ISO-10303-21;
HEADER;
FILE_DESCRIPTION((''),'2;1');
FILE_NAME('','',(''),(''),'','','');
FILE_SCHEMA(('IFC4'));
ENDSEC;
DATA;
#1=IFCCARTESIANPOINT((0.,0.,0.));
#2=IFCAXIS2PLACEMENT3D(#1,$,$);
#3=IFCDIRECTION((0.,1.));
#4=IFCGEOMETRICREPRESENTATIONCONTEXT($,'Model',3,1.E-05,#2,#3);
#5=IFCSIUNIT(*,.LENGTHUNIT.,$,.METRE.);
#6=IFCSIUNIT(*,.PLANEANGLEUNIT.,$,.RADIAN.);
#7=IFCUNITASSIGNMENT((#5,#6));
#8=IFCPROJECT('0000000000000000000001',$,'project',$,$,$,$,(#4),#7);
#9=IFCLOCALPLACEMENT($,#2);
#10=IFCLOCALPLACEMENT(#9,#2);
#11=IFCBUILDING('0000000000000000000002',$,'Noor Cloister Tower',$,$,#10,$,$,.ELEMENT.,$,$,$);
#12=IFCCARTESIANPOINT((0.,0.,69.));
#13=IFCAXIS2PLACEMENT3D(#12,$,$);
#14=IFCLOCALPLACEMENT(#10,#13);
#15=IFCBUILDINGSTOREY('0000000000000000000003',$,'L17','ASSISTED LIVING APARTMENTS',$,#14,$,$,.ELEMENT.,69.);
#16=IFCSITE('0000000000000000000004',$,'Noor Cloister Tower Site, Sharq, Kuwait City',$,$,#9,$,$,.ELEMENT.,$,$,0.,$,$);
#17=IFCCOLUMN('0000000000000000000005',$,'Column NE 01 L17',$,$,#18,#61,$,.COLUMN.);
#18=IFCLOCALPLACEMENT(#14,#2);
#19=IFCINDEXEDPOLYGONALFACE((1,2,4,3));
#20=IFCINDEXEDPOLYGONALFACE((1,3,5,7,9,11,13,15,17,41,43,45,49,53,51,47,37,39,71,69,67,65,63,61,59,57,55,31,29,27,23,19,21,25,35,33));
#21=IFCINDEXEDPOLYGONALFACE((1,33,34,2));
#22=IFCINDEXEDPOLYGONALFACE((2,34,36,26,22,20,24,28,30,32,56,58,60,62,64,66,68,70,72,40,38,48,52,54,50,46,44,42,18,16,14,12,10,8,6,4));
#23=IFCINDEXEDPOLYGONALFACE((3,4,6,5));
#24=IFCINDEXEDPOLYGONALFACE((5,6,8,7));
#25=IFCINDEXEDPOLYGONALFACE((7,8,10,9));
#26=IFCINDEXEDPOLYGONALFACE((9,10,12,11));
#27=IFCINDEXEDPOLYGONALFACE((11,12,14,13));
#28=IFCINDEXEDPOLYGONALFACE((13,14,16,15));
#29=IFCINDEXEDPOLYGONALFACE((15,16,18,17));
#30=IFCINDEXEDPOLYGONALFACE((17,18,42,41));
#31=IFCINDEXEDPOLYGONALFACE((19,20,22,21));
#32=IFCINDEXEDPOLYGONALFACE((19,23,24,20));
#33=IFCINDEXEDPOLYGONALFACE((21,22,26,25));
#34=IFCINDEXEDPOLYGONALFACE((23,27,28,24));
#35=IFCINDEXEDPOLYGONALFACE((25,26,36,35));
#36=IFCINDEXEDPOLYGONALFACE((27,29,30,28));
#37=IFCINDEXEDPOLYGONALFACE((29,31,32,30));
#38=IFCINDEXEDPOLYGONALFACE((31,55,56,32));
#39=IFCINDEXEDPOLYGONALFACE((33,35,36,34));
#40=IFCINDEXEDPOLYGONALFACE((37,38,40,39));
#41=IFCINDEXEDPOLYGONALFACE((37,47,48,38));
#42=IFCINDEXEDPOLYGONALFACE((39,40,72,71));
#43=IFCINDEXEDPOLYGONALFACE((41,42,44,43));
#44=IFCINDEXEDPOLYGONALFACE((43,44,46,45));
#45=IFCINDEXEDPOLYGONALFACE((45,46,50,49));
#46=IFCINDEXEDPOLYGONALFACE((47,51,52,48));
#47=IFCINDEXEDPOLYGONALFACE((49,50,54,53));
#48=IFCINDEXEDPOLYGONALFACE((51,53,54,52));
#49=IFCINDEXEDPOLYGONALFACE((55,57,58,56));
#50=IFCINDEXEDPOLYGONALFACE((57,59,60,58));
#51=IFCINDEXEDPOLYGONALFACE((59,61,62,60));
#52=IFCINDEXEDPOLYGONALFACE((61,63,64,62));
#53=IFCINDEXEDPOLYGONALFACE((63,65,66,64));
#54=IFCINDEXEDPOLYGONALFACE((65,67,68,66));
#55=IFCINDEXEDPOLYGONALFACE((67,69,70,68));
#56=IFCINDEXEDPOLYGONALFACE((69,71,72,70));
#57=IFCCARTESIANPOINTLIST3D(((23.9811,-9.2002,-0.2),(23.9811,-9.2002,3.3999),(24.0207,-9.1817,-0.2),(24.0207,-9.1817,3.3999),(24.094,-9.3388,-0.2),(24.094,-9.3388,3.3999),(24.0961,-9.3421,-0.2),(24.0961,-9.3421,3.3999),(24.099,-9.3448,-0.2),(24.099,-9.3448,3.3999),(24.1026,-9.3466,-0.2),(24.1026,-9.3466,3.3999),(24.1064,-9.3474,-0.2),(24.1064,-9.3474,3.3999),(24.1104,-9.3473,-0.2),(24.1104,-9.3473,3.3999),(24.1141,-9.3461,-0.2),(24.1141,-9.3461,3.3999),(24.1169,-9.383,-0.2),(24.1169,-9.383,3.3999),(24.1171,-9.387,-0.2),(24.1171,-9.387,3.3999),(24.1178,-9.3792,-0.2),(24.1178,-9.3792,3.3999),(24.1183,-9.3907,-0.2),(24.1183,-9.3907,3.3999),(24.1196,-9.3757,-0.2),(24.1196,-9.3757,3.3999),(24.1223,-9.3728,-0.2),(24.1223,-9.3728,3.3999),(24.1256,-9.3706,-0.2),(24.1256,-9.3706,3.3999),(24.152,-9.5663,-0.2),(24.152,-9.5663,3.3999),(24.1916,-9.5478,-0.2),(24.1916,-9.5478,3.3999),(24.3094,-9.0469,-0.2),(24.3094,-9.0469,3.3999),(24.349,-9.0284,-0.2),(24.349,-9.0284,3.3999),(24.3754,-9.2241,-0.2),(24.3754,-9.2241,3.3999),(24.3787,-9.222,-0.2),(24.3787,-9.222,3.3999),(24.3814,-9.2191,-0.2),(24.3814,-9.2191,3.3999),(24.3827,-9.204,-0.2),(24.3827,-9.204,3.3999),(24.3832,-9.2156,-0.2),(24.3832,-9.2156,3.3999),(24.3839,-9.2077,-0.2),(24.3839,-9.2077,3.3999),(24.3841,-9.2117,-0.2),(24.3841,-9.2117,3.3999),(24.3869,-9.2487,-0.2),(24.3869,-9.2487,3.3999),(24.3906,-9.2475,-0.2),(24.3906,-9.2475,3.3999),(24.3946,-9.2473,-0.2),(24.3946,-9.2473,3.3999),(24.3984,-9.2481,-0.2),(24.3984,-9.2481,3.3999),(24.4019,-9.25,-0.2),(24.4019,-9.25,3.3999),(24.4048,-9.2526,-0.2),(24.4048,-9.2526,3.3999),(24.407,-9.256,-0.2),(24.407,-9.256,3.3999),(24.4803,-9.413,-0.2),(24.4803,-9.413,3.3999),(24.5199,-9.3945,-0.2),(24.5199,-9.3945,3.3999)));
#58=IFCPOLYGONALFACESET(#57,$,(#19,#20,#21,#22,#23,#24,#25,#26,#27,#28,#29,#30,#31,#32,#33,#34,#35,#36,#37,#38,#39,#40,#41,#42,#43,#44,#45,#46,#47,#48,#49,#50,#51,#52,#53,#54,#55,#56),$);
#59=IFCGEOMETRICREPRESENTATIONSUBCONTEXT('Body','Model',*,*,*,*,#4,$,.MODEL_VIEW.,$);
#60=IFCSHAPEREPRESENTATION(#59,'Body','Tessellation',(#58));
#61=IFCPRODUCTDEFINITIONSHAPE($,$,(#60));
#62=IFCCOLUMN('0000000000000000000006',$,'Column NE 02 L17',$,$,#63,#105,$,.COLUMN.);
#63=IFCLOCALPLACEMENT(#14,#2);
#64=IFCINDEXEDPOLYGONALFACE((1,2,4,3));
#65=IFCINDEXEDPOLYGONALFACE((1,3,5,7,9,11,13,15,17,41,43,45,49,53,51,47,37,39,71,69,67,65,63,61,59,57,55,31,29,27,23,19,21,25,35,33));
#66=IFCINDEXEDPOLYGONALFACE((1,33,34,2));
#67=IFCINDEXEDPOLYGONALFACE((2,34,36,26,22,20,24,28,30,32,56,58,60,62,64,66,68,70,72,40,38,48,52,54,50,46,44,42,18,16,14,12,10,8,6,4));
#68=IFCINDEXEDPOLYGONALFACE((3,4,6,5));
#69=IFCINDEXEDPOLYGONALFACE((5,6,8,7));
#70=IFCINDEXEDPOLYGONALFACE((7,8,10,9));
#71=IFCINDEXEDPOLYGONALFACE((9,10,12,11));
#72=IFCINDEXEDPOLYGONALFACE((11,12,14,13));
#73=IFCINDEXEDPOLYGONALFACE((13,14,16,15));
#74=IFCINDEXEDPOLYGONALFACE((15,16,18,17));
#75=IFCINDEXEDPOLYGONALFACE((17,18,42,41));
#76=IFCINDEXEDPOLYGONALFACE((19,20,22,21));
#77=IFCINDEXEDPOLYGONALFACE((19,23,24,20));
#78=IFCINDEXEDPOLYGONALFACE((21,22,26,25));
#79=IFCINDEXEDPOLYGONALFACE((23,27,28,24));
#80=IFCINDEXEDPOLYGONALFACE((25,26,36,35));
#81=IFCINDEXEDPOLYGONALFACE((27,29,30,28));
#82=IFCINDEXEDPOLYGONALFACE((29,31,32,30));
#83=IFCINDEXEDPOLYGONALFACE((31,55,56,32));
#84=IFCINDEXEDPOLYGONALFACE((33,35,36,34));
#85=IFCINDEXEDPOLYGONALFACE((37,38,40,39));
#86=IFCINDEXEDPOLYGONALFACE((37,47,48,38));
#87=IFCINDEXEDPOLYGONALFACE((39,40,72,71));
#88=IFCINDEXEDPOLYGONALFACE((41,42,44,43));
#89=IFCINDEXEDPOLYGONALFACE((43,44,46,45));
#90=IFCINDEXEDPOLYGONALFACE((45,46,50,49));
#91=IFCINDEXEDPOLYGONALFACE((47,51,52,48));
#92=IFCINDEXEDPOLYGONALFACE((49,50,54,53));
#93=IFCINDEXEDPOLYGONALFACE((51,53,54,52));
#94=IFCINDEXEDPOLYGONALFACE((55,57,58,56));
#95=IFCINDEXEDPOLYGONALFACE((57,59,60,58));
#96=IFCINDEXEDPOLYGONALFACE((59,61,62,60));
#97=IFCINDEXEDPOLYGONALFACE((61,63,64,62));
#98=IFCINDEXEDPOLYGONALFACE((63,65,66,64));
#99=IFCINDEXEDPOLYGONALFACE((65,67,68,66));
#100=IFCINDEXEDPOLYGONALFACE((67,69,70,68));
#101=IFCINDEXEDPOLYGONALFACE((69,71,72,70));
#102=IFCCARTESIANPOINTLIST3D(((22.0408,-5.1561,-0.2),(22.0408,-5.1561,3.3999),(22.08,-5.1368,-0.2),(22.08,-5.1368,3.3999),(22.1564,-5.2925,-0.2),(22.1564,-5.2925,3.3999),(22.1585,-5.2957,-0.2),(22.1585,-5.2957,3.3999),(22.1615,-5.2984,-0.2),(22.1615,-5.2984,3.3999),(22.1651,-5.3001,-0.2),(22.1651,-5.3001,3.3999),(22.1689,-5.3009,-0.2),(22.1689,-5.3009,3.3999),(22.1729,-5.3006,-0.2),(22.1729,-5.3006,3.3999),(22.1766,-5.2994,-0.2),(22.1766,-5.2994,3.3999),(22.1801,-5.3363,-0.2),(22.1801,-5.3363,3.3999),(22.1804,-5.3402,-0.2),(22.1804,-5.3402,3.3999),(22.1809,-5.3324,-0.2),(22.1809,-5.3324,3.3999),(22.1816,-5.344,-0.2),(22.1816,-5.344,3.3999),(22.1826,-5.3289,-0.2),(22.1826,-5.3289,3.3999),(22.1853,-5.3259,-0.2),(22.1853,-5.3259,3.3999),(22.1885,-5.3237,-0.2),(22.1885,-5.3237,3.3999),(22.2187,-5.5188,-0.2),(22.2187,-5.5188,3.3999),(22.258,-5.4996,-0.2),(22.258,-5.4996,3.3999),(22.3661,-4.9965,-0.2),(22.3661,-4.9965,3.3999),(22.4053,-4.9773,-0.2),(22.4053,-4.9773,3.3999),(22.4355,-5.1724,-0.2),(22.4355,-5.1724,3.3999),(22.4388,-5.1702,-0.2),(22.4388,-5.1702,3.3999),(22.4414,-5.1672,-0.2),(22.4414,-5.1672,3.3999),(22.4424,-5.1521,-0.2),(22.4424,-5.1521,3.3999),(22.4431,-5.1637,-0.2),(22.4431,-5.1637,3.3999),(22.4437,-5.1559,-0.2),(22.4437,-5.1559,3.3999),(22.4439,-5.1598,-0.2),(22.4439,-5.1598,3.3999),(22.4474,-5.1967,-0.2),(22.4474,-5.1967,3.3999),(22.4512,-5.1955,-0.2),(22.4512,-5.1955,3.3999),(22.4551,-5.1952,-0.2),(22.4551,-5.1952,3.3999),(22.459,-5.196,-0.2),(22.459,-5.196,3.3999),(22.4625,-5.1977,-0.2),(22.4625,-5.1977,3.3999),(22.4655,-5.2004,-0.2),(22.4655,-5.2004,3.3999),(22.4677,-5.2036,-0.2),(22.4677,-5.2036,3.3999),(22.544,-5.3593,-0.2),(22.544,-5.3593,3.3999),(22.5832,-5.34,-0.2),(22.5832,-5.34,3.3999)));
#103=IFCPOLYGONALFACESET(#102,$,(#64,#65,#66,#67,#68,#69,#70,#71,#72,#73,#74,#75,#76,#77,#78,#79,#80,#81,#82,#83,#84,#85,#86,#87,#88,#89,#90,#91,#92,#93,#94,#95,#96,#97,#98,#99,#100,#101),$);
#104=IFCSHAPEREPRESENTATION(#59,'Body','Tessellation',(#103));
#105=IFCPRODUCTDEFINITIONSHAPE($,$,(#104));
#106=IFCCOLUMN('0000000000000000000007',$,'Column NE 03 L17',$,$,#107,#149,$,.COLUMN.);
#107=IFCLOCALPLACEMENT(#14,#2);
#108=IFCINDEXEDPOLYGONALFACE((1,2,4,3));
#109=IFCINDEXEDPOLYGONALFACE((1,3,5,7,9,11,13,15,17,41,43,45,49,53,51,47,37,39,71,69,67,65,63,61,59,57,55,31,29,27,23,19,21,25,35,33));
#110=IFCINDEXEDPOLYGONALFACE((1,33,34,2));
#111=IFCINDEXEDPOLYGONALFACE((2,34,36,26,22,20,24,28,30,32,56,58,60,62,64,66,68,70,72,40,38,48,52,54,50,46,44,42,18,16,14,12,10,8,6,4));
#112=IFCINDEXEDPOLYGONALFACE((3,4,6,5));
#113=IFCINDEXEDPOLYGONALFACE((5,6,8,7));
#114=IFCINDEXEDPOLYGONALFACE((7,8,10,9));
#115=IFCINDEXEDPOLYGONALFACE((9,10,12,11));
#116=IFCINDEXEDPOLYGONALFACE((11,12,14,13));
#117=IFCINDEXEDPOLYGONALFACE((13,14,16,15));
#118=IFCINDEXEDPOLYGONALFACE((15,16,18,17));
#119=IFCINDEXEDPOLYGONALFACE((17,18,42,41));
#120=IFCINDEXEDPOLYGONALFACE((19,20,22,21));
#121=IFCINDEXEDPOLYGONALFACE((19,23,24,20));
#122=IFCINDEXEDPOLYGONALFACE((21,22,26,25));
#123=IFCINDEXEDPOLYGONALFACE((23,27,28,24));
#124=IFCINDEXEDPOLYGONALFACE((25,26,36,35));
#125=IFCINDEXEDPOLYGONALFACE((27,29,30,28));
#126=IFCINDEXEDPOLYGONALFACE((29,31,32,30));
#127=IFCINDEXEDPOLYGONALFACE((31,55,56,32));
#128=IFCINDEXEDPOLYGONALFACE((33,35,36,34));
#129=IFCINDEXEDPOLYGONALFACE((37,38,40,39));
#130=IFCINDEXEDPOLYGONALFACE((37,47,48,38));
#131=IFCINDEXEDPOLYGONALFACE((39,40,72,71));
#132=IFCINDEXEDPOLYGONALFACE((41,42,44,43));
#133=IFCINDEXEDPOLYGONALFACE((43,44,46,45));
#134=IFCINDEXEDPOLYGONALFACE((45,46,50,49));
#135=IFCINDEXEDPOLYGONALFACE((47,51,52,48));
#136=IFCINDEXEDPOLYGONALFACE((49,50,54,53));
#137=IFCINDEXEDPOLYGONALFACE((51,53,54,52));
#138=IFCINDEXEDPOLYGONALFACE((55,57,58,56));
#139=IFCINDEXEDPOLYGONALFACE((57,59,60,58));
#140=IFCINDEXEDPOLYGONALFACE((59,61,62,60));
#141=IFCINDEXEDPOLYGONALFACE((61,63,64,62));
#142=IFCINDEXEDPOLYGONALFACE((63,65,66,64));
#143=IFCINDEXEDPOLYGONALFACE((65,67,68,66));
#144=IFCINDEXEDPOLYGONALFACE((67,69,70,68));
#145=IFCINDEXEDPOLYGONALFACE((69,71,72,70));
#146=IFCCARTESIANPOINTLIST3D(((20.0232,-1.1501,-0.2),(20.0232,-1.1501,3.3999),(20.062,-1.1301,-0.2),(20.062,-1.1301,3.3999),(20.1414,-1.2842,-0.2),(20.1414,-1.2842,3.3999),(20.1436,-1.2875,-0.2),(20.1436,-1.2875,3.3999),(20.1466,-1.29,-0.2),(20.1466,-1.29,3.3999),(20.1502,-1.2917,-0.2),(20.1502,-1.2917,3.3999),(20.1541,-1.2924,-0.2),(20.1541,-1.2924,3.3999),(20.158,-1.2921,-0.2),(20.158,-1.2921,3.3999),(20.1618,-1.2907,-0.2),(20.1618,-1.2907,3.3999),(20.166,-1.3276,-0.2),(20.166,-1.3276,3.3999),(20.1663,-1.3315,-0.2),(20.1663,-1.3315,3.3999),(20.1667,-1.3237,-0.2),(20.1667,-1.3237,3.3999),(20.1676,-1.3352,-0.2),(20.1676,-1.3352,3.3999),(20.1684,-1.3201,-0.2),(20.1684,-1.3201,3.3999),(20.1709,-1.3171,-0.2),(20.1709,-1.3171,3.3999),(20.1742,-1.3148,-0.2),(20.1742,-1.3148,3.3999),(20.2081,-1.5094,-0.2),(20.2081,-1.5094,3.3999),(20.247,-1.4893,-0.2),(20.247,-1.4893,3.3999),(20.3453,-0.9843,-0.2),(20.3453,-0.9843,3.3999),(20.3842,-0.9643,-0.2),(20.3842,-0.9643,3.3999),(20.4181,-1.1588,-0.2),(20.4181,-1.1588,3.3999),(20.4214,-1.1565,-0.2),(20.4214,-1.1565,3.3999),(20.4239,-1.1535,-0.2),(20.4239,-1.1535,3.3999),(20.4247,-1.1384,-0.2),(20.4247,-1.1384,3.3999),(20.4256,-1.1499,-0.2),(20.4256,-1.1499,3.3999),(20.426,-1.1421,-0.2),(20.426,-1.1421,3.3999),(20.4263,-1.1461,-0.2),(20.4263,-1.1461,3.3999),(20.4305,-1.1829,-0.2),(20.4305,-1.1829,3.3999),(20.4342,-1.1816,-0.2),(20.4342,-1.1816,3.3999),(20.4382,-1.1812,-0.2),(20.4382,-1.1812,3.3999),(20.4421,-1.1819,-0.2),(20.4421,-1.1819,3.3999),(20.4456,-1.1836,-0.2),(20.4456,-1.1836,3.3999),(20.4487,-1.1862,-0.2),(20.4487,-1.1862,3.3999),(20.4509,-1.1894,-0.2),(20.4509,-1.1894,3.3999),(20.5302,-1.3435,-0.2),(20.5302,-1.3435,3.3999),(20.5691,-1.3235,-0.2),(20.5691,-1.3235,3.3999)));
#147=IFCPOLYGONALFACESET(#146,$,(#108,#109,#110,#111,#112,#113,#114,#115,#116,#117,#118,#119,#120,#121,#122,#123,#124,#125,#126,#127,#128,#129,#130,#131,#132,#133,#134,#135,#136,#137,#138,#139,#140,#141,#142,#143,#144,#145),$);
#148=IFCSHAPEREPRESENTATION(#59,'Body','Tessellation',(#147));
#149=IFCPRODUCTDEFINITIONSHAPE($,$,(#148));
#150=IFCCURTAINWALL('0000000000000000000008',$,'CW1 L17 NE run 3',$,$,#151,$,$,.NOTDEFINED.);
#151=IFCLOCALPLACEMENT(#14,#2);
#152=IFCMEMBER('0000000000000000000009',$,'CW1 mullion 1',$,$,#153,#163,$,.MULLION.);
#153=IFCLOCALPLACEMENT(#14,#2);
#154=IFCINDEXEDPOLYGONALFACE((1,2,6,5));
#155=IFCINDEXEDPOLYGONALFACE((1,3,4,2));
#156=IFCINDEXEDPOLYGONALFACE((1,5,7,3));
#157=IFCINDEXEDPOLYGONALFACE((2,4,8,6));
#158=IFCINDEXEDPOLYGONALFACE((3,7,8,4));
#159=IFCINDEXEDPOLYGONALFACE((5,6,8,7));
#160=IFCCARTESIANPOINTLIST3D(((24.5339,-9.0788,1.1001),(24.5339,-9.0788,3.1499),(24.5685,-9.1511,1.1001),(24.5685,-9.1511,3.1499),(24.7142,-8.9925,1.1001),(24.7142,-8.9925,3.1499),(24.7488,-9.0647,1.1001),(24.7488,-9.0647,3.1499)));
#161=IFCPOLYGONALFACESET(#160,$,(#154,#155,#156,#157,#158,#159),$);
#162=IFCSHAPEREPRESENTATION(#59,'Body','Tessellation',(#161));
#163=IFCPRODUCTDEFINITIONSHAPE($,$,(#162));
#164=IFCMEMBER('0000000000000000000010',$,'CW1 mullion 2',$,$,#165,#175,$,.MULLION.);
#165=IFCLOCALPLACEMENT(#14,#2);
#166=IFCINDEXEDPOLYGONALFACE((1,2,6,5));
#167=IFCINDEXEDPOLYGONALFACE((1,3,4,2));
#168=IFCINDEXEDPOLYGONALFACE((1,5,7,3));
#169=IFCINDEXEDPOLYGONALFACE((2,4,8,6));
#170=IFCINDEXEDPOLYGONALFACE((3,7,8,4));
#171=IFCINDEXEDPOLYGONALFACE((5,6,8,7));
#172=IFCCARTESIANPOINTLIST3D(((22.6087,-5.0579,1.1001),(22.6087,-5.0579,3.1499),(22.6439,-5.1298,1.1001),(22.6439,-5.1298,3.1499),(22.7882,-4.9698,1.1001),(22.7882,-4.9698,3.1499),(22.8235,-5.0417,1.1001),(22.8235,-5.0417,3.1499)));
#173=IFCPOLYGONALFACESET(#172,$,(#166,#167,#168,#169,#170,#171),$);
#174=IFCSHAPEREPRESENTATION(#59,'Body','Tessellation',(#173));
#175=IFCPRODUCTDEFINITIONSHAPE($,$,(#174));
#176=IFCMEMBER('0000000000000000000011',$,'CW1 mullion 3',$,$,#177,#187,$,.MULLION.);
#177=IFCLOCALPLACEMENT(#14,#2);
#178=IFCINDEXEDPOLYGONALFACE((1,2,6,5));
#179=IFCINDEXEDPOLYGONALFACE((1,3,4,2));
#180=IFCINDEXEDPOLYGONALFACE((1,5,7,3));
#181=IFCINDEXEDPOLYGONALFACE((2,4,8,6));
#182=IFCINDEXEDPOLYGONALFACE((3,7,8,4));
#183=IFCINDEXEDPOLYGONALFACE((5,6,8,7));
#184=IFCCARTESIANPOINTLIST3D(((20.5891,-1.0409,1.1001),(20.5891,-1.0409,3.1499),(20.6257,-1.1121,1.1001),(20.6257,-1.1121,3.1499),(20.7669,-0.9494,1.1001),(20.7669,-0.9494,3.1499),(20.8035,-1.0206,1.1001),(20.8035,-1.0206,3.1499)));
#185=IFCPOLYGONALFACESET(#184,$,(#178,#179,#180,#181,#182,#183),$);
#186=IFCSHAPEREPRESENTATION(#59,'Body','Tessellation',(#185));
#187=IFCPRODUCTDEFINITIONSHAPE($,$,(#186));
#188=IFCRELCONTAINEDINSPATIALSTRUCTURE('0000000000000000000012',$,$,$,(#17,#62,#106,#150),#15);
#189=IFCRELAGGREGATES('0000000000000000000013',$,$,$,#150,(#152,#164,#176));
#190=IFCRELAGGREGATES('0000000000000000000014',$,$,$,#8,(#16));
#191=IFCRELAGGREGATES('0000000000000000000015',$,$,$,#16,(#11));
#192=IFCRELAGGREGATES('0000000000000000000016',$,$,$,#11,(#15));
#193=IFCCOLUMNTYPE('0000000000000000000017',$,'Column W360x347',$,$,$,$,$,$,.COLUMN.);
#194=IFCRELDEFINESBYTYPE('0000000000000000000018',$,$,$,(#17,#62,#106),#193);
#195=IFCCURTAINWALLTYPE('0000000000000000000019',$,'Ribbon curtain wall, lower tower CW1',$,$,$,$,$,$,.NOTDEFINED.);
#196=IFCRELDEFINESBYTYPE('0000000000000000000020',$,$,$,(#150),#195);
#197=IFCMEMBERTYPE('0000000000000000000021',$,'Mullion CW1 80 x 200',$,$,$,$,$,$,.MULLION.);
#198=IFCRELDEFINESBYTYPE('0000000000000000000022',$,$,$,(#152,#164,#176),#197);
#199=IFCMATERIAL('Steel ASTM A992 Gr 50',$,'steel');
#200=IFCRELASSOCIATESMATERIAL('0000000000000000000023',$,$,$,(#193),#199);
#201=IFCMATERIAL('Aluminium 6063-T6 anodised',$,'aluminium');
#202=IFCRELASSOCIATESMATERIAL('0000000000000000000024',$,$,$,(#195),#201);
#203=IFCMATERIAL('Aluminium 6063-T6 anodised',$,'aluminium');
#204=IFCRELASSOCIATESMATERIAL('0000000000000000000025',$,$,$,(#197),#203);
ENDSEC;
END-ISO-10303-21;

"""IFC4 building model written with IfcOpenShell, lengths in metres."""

from ifc_helpers import new_model, si_unit, direction, frame, origin, origin_2d, place, context, subcontext, project, spatial, rectangle, i_section, extrude, material, material_profile, profile_set, type_object, element, aggregate, save


model = new_model("IFC4")

# Units and contexts
model_context = context("Model", 3, precision=1e-05, world=origin(), true_north=direction((0.0, 1.0)))
body_context = subcontext(model_context, "Body", "Model", "MODEL_VIEW")
ifc_project = project(units=[si_unit("LENGTHUNIT", "METRE"), si_unit("PLANEANGLEUNIT", "RADIAN")], contexts=[model_context])

# Site, building, storey
site_placement = place(None, origin())
site = spatial("IfcSite", under=ifc_project, at=site_placement, Name="Noor Cloister Tower Site, Sharq, Kuwait City", CompositionType="ELEMENT", RefElevation=0.0)
building_placement = place(site_placement, origin())
building = spatial("IfcBuilding", under=site, at=building_placement, Name="Noor Cloister Tower", CompositionType="ELEMENT")
storey_placement = place(building_placement, frame((0.0, 0.0, 69.0)))
storey = spatial("IfcBuildingStorey", under=building, at=storey_placement, Name="L17", Description="ASSISTED LIVING APARTMENTS", CompositionType="ELEMENT", Elevation=69.0)

# Columns
ifc_material_1 = material(Name="Steel ASTM A992 Gr 50", Category="steel")
ifc_material_profile_1 = material_profile(ifc_material_1, i_section(OverallWidth=0.4041, OverallDepth=0.406, WebThickness=0.0271, FlangeThickness=0.0437, FilletRadius=0.0151, at=origin_2d()), Name="W360x347")
ifc_profile_set_1 = profile_set([ifc_material_profile_1], Name="Steel ASTM A992 Gr 50")
column_type = type_object("IfcColumnType", Name="Column W360x347", PredefinedType="COLUMN", material=ifc_profile_set_1)
for number, where, z_axis, x_axis, name in (
    (1, (24.2505, -9.2974, -0.2), (0.0, 0.0, 1.0), (-0.423027, 0.906117, 0.0), "Column NE 01 L17"),
    (2, (22.312, -5.248, -0.2), (0.0, 0.0, 1.0), (-0.440428, 0.897788, 0.0), "Column NE 02 L17"),
    (3, (20.2961, -1.2368, -0.2), (0.0, 0.0, 1.0), (-0.457666, 0.889124, 0.0), "Column NE 03 L17"),
):
    element("IfcColumn", number, at=place(storey_placement, frame(where, z_axis=z_axis, x_axis=x_axis)), inside=storey, type_object=column_type, Name=name, PredefinedType="COLUMN", context=body_context, shape_type="SweptSolid", body=[
        extrude(i_section(OverallWidth=0.4041, OverallDepth=0.406, WebThickness=0.0271, FlangeThickness=0.0437, FilletRadius=0.0151, at=origin_2d()), origin(), (0.0, 0.0, 1.0), 3.5999),
    ])

# Curtain wall, members
ifc_material_2 = material(Name="Aluminium 6063-T6 anodised", Category="aluminium")
curtain_wall_type = type_object("IfcCurtainWallType", Name="Ribbon curtain wall, lower tower CW1", PredefinedType="NOTDEFINED", material=ifc_material_2)
curtain_wall_placement = place(storey_placement, origin())
curtain_wall = element("IfcCurtainWall", 4, at=curtain_wall_placement, inside=storey, type_object=curtain_wall_type, Name="CW1 L17 NE run 3", PredefinedType="NOTDEFINED")
ifc_material_3 = material(Name="Aluminium 6063-T6 anodised", Category="aluminium")
ifc_material_profile_2 = material_profile(ifc_material_3, rectangle(XDim=0.2, YDim=0.0801, at=origin_2d()), Name="200 x 80 mullion")
ifc_profile_set_2 = profile_set([ifc_material_profile_2], Name="Aluminium 6063-T6 anodised")
member_type = type_object("IfcMemberType", Name="Mullion CW1 80 x 200", PredefinedType="MULLION", material=ifc_profile_set_2)
member_1_placement = place(storey_placement, frame((24.6414, -9.0718, 1.1001), z_axis=(0.0, 0.0, 1.0), x_axis=(-0.901994, -0.431748, 0.0)))
member_1 = element("IfcMember", 5, at=member_1_placement, type_object=member_type, Name="CW1 mullion 1", PredefinedType="MULLION", context=body_context, shape_type="SweptSolid", body=[
    extrude(rectangle(XDim=0.2, YDim=0.0801, at=origin_2d()), origin(), (0.0, 0.0, 1.0), 2.0498),
])
member_2_placement = place(storey_placement, frame((22.7161, -5.0498, 1.1001), z_axis=(0.0, 0.0, 1.0), x_axis=(-0.897788, -0.440428, 0.0)))
member_2 = element("IfcMember", 6, at=member_2_placement, type_object=member_type, Name="CW1 mullion 2", PredefinedType="MULLION", context=body_context, shape_type="SweptSolid", body=[
    extrude(rectangle(XDim=0.2, YDim=0.0801, at=origin_2d()), origin(), (0.0, 0.0, 1.0), 2.0498),
])
member_3_placement = place(storey_placement, frame((20.6963, -1.0308, 1.1001), z_axis=(0.0, 0.0, 1.0), x_axis=(-0.889124, -0.457666, 0.0)))
member_3 = element("IfcMember", 7, at=member_3_placement, type_object=member_type, Name="CW1 mullion 3", PredefinedType="MULLION", context=body_context, shape_type="SweptSolid", body=[
    extrude(rectangle(XDim=0.2, YDim=0.0801, at=origin_2d()), origin(), (0.0, 0.0, 1.0), 2.0498),
])

aggregate(curtain_wall, [member_1, member_2, member_3])

save(model, "model.ifc")
